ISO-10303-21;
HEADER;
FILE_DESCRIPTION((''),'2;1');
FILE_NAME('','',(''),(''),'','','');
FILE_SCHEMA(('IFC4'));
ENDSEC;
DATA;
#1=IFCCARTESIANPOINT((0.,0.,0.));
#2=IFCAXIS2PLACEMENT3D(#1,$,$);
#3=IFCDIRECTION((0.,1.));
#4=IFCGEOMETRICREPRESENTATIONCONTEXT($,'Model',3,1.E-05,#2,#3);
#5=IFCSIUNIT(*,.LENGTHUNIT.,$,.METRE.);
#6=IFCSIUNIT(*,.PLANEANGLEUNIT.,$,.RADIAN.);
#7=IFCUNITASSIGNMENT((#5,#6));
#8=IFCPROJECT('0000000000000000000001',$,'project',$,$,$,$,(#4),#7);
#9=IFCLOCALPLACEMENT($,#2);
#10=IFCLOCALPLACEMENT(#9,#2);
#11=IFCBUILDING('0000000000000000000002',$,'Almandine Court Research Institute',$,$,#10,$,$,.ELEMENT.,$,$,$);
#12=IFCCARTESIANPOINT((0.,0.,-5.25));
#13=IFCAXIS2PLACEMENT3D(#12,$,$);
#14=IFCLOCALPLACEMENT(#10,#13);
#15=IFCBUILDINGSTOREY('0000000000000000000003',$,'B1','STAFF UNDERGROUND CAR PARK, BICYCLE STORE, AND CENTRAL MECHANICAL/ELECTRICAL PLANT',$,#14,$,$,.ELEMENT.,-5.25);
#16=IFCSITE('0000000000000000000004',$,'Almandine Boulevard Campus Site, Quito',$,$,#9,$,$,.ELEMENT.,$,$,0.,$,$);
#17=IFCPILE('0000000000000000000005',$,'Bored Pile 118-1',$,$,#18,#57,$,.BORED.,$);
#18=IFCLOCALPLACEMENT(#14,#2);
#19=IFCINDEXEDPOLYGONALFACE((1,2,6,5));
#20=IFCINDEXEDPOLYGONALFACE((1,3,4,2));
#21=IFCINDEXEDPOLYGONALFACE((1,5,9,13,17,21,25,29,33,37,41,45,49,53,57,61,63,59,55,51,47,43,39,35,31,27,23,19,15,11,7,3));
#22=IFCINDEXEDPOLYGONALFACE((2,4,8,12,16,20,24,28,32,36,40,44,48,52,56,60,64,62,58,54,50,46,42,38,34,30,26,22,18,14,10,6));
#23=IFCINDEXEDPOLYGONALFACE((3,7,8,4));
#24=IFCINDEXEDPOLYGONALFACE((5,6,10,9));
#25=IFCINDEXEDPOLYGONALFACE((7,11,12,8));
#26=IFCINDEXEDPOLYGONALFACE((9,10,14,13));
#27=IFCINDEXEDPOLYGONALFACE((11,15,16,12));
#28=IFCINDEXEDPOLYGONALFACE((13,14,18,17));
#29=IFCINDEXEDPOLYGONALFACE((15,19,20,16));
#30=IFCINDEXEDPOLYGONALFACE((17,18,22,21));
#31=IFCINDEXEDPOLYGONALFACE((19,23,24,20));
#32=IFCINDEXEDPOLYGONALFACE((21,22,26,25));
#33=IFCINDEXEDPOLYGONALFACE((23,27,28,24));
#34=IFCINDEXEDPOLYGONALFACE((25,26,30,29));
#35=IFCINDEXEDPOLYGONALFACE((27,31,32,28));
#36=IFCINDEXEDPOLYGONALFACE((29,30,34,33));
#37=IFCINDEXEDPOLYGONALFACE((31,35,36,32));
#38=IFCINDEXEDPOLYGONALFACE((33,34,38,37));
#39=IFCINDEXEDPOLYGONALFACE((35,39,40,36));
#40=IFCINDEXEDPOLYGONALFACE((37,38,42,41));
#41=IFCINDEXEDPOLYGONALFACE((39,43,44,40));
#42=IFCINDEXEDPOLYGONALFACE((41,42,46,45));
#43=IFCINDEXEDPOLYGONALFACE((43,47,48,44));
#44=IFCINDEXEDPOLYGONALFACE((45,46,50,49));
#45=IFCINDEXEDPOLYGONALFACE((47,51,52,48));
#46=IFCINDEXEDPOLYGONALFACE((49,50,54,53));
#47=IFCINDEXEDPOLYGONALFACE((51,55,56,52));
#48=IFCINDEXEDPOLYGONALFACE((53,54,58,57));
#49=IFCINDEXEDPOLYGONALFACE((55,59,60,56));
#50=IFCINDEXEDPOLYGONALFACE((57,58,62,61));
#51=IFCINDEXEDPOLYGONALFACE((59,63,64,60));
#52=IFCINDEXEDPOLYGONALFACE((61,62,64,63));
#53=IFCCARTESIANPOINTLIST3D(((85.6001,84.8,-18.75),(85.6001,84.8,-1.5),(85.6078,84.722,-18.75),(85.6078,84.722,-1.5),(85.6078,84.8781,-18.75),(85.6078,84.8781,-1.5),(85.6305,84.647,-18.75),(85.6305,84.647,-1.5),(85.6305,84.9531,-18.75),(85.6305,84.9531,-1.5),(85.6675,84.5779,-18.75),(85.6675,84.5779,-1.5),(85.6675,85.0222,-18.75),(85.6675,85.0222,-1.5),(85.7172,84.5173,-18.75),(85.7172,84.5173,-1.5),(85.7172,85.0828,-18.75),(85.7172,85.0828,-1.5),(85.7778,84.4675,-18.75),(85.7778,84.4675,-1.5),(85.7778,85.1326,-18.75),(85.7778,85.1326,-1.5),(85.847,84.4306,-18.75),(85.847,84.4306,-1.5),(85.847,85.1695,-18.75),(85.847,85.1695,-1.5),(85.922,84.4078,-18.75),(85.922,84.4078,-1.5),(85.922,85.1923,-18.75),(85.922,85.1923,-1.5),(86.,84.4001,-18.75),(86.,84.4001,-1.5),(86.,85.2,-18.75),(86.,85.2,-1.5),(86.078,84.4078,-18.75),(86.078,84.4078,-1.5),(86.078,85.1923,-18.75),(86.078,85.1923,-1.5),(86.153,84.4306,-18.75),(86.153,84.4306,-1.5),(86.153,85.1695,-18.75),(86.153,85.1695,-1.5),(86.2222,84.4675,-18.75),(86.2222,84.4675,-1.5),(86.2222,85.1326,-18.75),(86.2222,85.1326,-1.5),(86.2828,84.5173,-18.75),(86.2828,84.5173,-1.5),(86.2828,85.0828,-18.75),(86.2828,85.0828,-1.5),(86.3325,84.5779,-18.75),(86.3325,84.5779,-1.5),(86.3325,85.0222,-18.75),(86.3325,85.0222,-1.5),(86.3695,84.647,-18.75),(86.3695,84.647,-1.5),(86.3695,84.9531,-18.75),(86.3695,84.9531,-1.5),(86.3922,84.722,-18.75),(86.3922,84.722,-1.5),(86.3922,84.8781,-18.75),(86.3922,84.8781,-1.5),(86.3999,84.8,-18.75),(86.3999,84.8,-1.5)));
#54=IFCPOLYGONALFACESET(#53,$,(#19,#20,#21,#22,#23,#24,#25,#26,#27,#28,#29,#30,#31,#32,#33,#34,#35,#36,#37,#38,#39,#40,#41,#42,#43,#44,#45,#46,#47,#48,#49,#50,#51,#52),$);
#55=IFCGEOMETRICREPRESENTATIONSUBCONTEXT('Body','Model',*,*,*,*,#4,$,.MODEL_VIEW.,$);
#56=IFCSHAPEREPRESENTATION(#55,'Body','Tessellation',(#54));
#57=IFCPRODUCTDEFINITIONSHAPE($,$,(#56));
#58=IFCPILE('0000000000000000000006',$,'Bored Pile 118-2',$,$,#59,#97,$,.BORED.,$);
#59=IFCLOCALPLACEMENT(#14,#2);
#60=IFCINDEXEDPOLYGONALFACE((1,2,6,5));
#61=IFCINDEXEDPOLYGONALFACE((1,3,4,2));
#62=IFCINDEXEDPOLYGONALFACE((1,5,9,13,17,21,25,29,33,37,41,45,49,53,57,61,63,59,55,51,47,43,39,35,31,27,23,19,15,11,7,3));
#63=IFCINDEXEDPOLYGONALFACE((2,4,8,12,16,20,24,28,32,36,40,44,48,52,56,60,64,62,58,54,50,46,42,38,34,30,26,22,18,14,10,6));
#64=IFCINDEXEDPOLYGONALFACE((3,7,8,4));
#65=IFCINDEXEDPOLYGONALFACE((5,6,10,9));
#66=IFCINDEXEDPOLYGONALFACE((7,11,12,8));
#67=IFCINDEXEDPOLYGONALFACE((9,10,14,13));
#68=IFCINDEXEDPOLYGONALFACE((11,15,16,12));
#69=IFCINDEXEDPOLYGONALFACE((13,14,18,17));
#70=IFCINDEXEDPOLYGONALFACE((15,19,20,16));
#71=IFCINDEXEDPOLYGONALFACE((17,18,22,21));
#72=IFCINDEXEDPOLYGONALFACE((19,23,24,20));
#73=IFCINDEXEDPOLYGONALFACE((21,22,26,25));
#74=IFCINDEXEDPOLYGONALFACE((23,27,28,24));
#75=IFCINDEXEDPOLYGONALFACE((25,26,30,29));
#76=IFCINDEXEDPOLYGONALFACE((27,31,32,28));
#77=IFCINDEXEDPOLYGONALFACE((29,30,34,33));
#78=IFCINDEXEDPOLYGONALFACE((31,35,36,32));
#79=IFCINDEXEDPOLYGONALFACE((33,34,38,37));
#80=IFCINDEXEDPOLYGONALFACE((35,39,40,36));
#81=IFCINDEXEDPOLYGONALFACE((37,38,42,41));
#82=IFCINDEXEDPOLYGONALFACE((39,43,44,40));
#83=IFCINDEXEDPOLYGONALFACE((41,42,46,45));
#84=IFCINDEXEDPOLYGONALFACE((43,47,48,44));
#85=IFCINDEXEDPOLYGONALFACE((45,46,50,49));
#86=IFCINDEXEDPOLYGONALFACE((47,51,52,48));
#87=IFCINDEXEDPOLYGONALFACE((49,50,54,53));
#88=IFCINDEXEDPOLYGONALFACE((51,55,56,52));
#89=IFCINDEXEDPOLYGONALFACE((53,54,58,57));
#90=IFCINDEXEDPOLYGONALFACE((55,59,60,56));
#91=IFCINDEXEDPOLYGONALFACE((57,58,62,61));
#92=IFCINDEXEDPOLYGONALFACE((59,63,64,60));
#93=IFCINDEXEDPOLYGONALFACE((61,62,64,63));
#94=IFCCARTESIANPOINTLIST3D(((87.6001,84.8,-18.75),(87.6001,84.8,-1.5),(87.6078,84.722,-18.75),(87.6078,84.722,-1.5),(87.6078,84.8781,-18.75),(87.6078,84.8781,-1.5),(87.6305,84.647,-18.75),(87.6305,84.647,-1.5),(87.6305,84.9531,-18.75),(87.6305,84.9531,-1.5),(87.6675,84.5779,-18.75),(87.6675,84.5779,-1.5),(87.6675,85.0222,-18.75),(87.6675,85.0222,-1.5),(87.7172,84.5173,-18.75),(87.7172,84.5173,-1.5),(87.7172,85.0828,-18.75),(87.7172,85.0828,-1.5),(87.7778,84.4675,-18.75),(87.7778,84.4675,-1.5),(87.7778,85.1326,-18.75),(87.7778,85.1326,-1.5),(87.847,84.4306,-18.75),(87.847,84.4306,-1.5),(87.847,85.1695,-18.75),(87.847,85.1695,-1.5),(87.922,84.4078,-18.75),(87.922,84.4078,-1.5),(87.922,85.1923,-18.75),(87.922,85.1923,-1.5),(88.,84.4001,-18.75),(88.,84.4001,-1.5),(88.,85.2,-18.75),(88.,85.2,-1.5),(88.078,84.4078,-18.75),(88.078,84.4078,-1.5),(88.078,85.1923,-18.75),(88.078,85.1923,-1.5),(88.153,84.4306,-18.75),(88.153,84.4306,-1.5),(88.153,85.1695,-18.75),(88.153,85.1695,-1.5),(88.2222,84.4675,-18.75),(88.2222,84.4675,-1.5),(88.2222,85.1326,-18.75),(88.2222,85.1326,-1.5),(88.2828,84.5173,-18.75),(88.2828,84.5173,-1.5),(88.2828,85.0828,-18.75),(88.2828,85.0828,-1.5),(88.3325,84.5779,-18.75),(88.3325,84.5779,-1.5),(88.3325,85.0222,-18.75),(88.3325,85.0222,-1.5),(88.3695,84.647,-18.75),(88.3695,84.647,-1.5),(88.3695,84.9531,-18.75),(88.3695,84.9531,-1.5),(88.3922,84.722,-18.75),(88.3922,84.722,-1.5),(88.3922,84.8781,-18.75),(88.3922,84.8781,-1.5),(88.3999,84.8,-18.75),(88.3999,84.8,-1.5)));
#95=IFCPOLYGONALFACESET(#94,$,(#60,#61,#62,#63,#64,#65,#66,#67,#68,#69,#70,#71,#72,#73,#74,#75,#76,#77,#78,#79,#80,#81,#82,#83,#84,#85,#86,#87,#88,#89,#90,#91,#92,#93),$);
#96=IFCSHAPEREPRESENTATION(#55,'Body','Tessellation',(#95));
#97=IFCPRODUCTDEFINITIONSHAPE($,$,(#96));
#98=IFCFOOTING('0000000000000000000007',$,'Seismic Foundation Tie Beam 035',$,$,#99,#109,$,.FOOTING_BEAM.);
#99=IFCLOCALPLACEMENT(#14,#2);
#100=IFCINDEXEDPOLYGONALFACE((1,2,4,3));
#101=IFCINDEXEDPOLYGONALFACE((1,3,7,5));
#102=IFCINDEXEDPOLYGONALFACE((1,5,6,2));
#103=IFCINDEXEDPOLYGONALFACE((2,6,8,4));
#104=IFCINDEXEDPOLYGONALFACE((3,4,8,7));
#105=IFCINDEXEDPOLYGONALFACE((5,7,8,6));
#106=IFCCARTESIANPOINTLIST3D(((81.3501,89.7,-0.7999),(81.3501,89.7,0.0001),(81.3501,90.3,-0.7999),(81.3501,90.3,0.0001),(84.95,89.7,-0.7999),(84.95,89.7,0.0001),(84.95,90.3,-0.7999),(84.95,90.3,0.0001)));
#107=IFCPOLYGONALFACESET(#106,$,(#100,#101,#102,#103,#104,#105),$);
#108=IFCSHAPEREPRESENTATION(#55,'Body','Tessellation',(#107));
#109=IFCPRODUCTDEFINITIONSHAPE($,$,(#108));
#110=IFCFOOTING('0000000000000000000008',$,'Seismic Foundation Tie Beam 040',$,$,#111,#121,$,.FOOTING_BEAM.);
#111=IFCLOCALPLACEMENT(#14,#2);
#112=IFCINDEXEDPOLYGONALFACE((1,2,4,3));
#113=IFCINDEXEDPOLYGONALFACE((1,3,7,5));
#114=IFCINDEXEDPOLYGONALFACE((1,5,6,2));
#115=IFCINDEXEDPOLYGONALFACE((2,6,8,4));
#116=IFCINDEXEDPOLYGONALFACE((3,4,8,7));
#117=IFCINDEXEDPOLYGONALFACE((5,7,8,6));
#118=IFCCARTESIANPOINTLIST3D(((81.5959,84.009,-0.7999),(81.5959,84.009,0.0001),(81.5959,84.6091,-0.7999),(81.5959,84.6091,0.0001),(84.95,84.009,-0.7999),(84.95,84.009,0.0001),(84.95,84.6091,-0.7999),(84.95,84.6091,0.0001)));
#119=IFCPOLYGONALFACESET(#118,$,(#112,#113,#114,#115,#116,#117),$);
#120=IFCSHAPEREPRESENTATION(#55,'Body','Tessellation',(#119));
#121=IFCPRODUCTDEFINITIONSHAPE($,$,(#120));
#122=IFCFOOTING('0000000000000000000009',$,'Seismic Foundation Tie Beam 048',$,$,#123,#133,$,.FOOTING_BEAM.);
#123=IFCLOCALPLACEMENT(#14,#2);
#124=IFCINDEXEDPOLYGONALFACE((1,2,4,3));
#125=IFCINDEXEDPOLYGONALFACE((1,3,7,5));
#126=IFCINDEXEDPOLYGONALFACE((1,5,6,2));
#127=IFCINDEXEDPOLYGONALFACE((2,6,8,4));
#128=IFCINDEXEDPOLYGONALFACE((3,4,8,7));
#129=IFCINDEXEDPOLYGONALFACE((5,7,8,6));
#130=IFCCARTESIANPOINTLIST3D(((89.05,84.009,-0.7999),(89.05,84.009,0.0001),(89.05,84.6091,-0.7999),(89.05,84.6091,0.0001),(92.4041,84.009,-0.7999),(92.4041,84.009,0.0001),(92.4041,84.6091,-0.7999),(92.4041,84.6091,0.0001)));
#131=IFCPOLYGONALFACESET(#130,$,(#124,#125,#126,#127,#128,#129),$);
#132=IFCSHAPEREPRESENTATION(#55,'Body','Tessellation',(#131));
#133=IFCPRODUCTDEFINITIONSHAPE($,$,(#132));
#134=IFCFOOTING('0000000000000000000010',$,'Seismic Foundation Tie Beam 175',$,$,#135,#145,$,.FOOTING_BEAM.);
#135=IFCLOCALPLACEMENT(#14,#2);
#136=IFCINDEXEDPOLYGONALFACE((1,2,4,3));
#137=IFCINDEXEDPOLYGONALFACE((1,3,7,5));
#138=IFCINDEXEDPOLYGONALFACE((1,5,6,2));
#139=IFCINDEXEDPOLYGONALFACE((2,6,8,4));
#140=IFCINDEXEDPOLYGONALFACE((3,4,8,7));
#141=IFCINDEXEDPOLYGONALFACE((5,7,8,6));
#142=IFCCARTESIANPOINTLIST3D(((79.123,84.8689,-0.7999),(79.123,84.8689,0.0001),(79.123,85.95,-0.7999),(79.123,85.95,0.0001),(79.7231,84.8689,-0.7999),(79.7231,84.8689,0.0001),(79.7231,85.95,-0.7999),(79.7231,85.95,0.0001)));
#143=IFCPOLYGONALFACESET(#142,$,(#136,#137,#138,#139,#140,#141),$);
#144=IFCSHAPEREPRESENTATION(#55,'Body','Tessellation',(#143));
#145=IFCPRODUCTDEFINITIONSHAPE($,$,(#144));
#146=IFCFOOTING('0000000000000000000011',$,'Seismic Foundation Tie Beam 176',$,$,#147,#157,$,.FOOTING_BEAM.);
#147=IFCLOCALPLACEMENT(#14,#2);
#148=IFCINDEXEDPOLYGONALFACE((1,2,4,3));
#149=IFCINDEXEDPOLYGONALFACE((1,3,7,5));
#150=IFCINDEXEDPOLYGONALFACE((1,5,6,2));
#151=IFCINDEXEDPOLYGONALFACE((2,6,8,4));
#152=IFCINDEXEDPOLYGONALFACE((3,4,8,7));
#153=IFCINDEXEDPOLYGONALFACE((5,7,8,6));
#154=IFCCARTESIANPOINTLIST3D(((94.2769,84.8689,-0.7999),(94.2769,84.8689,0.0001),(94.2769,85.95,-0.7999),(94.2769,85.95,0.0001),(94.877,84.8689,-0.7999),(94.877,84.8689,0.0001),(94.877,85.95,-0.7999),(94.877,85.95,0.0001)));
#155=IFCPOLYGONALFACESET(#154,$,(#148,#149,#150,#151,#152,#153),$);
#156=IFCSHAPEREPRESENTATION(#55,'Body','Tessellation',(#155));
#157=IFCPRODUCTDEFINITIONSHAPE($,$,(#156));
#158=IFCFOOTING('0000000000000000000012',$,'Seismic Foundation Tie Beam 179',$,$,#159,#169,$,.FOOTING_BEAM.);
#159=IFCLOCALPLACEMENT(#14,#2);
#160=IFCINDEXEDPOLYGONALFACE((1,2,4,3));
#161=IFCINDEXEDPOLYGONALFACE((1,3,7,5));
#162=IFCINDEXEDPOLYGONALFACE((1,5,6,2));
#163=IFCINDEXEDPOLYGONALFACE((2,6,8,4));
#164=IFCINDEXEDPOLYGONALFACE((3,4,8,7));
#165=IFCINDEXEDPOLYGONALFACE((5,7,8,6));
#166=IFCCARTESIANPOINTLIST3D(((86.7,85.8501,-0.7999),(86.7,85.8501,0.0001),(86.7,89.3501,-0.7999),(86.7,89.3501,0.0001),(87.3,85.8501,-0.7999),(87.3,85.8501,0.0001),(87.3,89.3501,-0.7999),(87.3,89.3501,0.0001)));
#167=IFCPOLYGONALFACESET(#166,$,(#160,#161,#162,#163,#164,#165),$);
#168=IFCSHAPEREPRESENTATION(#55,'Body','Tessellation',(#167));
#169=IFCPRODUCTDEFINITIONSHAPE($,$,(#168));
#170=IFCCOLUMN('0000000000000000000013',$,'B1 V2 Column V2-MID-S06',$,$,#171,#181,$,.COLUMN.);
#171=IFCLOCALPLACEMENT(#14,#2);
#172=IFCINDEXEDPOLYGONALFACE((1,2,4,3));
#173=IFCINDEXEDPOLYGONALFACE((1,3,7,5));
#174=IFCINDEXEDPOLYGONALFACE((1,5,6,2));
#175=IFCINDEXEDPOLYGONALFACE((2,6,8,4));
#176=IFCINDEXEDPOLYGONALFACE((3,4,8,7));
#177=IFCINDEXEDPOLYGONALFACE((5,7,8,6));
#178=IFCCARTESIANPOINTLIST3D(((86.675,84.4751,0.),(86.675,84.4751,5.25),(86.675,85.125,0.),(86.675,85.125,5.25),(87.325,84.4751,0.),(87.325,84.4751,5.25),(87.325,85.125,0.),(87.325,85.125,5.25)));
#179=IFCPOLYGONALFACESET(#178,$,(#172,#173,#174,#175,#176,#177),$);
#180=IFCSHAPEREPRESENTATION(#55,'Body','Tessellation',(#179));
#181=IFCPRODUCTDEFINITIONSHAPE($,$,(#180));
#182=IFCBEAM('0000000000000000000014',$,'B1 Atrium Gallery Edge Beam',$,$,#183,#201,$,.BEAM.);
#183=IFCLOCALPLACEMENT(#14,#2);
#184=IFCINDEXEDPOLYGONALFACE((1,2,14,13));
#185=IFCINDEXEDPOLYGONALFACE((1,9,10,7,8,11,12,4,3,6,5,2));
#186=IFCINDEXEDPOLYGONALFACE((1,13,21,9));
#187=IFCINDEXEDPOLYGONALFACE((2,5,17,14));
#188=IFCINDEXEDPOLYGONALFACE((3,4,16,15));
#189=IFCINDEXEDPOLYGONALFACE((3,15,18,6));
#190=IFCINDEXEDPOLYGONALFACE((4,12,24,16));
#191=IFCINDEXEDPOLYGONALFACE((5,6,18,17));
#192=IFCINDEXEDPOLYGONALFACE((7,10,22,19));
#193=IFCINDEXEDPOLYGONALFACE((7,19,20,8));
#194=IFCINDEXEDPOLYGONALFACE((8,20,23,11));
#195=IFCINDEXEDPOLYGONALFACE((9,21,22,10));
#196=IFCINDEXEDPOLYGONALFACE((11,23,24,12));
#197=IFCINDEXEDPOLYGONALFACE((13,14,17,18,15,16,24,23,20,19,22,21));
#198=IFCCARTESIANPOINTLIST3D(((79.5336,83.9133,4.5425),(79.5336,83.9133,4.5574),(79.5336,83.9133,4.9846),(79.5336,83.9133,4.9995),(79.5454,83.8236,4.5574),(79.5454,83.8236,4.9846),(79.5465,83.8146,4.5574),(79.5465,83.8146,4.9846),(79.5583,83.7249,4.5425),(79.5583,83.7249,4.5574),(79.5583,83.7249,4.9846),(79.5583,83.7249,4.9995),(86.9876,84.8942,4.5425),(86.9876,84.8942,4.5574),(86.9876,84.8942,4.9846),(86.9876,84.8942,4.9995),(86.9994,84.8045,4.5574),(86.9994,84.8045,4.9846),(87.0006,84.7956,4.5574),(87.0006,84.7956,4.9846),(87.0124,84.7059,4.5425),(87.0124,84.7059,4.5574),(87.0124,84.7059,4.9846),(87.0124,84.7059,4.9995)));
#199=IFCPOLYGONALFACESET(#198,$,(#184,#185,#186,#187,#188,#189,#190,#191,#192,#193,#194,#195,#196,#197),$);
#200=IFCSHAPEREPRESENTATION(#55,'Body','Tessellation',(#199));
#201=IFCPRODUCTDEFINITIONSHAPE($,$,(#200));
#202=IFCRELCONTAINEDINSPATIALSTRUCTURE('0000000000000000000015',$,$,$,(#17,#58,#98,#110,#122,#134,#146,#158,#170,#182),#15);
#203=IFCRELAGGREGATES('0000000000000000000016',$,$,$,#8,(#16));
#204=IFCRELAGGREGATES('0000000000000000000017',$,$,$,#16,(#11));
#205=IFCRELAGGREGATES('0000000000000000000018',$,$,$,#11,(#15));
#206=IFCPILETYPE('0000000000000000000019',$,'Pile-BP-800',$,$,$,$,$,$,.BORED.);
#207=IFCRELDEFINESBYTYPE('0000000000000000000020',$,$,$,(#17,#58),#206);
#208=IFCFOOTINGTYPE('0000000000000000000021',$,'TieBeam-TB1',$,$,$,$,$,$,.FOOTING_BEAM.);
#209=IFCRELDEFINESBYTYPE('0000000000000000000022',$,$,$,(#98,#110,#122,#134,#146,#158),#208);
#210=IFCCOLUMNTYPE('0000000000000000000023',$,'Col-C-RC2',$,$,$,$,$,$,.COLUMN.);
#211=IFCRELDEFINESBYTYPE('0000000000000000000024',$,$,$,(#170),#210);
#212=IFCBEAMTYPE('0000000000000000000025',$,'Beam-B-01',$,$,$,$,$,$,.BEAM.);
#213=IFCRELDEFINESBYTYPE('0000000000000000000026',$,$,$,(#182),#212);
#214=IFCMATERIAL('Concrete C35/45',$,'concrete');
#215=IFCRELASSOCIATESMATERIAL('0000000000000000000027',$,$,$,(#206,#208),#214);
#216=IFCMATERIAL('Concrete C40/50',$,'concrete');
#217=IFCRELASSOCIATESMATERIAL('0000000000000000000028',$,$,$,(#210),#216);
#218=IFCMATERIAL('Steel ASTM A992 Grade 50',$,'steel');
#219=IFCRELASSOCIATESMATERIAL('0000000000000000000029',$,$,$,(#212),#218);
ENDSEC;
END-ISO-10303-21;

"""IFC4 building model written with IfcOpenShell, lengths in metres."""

from ifc_helpers import new_model, si_unit, direction, frame, origin, origin_2d, place, context, subcontext, project, spatial, rectangle, circle, i_section, extrude, material, material_profile, profile_set, type_object, element, save


model = new_model("IFC4")

# Units and contexts
model_context = context("Model", 3, precision=1e-05, world=origin(), true_north=direction((0.0, 1.0)))
body_context = subcontext(model_context, "Body", "Model", "MODEL_VIEW")
ifc_project = project(units=[si_unit("LENGTHUNIT", "METRE"), si_unit("PLANEANGLEUNIT", "RADIAN")], contexts=[model_context])

# Site, building, storey
site_placement = place(None, origin())
site = spatial("IfcSite", under=ifc_project, at=site_placement, Name="Almandine Boulevard Campus Site, Quito", CompositionType="ELEMENT", RefElevation=0.0)
building_placement = place(site_placement, origin())
building = spatial("IfcBuilding", under=site, at=building_placement, Name="Almandine Court Research Institute", CompositionType="ELEMENT")
storey_placement = place(building_placement, frame((0.0, 0.0, -5.25)))
storey = spatial("IfcBuildingStorey", under=building, at=storey_placement, Name="B1", Description="STAFF UNDERGROUND CAR PARK, BICYCLE STORE, AND CENTRAL MECHANICAL/ELECTRICAL PLANT", CompositionType="ELEMENT", Elevation=-5.25)

# Shared definitions
ifc_material_1 = material(Name="Concrete C35/45", Category="concrete")

# Piles
ifc_material_profile_1 = material_profile(ifc_material_1, circle(Radius=0.3999, at=origin_2d()), Name="BORED PILE D800")
ifc_profile_set_1 = profile_set([ifc_material_profile_1], Name="Concrete C35/45")
pile_type_1 = type_object("IfcPileType", Name="Pile-BP-800", PredefinedType="BORED", material=ifc_profile_set_1)
for number, where, z_axis, x_axis, name in (
    (1, (86.0, 84.8, -1.5), (0.0, 0.0, -1.0), (1.0, 0.0, 0.0), "Bored Pile 118-1"),
    (2, (88.0, 84.8, -1.5), (0.0, 0.0, -1.0), (1.0, 0.0, 0.0), "Bored Pile 118-2"),
):
    element("IfcPile", number, at=place(storey_placement, frame(where, z_axis=z_axis, x_axis=x_axis)), inside=storey, type_object=pile_type_1, Name=name, PredefinedType="BORED", context=body_context, shape_type="SweptSolid", body=[
        extrude(circle(Radius=0.3999, at=origin_2d()), origin(), (0.0, 0.0, 1.0), 17.25),
    ])

# Footings
ifc_material_profile_2 = material_profile(ifc_material_1, rectangle(XDim=0.6001, YDim=0.8, at=origin_2d()), Name="RC TIE 600x800")
ifc_profile_set_2 = profile_set([ifc_material_profile_2], Name="Concrete C35/45")
footing_type_1 = type_object("IfcFootingType", Name="TieBeam-TB1", PredefinedType="FOOTING_BEAM", material=ifc_profile_set_2)
footing_1_placement = place(storey_placement, frame((81.3501, 90.0, -0.3999), z_axis=(1.0, 0.0, 0.0), x_axis=(0.0, 1.0, 0.0)))
element("IfcFooting", 3, at=footing_1_placement, inside=storey, type_object=footing_type_1, Name="Seismic Foundation Tie Beam 035", PredefinedType="FOOTING_BEAM", context=body_context, shape_type="SweptSolid", body=[
    extrude(rectangle(XDim=0.6001, YDim=0.8, at=origin_2d()), origin(), (0.0, 0.0, 1.0), 3.5999),
])
for number, where, z_axis, x_axis, name in (
    (4, (81.5959, 84.3091, -0.3999), (1.0, 0.0, 0.0), (0.0, 1.0, 0.0), "Seismic Foundation Tie Beam 040"),
    (5, (89.05, 84.3091, -0.3999), (1.0, 0.0, 0.0), (0.0, 1.0, 0.0), "Seismic Foundation Tie Beam 048"),
):
    element("IfcFooting", number, at=place(storey_placement, frame(where, z_axis=z_axis, x_axis=x_axis)), inside=storey, type_object=footing_type_1, Name=name, PredefinedType="FOOTING_BEAM", context=body_context, shape_type="SweptSolid", body=[
        extrude(rectangle(XDim=0.6001, YDim=0.8, at=origin_2d()), origin(), (0.0, 0.0, 1.0), 3.354),
    ])
for number, where, z_axis, x_axis, name in (
    (6, (79.4231, 84.8689, -0.3999), (0.0, 1.0, 0.0), (-1.0, 0.0, 0.0), "Seismic Foundation Tie Beam 175"),
    (7, (94.5769, 84.8689, -0.3999), (0.0, 1.0, 0.0), (-1.0, 0.0, 0.0), "Seismic Foundation Tie Beam 176"),
):
    element("IfcFooting", number, at=place(storey_placement, frame(where, z_axis=z_axis, x_axis=x_axis)), inside=storey, type_object=footing_type_1, Name=name, PredefinedType="FOOTING_BEAM", context=body_context, shape_type="SweptSolid", body=[
        extrude(rectangle(XDim=0.6001, YDim=0.8, at=origin_2d()), origin(), (0.0, 0.0, 1.0), 1.0811),
    ])
footing_2_placement = place(storey_placement, frame((87.0, 85.8501, -0.3999), z_axis=(0.0, 1.0, 0.0), x_axis=(-1.0, 0.0, 0.0)))
element("IfcFooting", 8, at=footing_2_placement, inside=storey, type_object=footing_type_1, Name="Seismic Foundation Tie Beam 179", PredefinedType="FOOTING_BEAM", context=body_context, shape_type="SweptSolid", body=[
    extrude(rectangle(XDim=0.6001, YDim=0.8, at=origin_2d()), origin(), (0.0, 0.0, 1.0), 3.5),
])

# Column
ifc_material_2 = material(Name="Concrete C40/50", Category="concrete")
ifc_material_profile_3 = material_profile(ifc_material_2, rectangle(XDim=0.6499, YDim=0.6499, at=origin_2d()), Name="RC 650x650")
ifc_profile_set_3 = profile_set([ifc_material_profile_3], Name="Concrete C40/50")
column_type = type_object("IfcColumnType", Name="Col-C-RC2", PredefinedType="COLUMN", material=ifc_profile_set_3)
column_placement = place(storey_placement, frame((87.0, 84.8, 0.0), z_axis=(0.0, 0.0, 1.0), x_axis=(1.0, 0.0, 0.0)))
element("IfcColumn", 9, at=column_placement, inside=storey, type_object=column_type, Name="B1 V2 Column V2-MID-S06", PredefinedType="COLUMN", context=body_context, shape_type="SweptSolid", body=[
    extrude(rectangle(XDim=0.6499, YDim=0.6499, at=origin_2d()), origin(), (0.0, 0.0, 1.0), 5.25),
])

# Beam
ifc_material_3 = material(Name="Steel ASTM A992 Grade 50", Category="steel")
ifc_material_profile_4 = material_profile(ifc_material_3, i_section(OverallWidth=0.1899, OverallDepth=0.457, WebThickness=0.009, FlangeThickness=0.0149, at=origin_2d()), Name="W460x74")
ifc_profile_set_4 = profile_set([ifc_material_profile_4], Name="Steel ASTM A992 Grade 50")
beam_type_1 = type_object("IfcBeamType", Name="Beam-B-01", PredefinedType="BEAM", material=ifc_profile_set_4)
beam_1_placement = place(storey_placement, frame((87.0, 84.8, 4.771), z_axis=(-0.991452, -0.130475, 0.0), x_axis=(0.130475, -0.991452, 0.0)))
element("IfcBeam", 10, at=beam_1_placement, inside=storey, type_object=beam_type_1, Name="B1 Atrium Gallery Edge Beam", PredefinedType="BEAM", context=body_context, shape_type="SweptSolid", body=[
    extrude(i_section(OverallWidth=0.1899, OverallDepth=0.457, WebThickness=0.009, FlangeThickness=0.0149, at=origin_2d()), origin(), (0.0, 0.0, 1.0), 7.5183),
])

save(model, "model.ifc")
